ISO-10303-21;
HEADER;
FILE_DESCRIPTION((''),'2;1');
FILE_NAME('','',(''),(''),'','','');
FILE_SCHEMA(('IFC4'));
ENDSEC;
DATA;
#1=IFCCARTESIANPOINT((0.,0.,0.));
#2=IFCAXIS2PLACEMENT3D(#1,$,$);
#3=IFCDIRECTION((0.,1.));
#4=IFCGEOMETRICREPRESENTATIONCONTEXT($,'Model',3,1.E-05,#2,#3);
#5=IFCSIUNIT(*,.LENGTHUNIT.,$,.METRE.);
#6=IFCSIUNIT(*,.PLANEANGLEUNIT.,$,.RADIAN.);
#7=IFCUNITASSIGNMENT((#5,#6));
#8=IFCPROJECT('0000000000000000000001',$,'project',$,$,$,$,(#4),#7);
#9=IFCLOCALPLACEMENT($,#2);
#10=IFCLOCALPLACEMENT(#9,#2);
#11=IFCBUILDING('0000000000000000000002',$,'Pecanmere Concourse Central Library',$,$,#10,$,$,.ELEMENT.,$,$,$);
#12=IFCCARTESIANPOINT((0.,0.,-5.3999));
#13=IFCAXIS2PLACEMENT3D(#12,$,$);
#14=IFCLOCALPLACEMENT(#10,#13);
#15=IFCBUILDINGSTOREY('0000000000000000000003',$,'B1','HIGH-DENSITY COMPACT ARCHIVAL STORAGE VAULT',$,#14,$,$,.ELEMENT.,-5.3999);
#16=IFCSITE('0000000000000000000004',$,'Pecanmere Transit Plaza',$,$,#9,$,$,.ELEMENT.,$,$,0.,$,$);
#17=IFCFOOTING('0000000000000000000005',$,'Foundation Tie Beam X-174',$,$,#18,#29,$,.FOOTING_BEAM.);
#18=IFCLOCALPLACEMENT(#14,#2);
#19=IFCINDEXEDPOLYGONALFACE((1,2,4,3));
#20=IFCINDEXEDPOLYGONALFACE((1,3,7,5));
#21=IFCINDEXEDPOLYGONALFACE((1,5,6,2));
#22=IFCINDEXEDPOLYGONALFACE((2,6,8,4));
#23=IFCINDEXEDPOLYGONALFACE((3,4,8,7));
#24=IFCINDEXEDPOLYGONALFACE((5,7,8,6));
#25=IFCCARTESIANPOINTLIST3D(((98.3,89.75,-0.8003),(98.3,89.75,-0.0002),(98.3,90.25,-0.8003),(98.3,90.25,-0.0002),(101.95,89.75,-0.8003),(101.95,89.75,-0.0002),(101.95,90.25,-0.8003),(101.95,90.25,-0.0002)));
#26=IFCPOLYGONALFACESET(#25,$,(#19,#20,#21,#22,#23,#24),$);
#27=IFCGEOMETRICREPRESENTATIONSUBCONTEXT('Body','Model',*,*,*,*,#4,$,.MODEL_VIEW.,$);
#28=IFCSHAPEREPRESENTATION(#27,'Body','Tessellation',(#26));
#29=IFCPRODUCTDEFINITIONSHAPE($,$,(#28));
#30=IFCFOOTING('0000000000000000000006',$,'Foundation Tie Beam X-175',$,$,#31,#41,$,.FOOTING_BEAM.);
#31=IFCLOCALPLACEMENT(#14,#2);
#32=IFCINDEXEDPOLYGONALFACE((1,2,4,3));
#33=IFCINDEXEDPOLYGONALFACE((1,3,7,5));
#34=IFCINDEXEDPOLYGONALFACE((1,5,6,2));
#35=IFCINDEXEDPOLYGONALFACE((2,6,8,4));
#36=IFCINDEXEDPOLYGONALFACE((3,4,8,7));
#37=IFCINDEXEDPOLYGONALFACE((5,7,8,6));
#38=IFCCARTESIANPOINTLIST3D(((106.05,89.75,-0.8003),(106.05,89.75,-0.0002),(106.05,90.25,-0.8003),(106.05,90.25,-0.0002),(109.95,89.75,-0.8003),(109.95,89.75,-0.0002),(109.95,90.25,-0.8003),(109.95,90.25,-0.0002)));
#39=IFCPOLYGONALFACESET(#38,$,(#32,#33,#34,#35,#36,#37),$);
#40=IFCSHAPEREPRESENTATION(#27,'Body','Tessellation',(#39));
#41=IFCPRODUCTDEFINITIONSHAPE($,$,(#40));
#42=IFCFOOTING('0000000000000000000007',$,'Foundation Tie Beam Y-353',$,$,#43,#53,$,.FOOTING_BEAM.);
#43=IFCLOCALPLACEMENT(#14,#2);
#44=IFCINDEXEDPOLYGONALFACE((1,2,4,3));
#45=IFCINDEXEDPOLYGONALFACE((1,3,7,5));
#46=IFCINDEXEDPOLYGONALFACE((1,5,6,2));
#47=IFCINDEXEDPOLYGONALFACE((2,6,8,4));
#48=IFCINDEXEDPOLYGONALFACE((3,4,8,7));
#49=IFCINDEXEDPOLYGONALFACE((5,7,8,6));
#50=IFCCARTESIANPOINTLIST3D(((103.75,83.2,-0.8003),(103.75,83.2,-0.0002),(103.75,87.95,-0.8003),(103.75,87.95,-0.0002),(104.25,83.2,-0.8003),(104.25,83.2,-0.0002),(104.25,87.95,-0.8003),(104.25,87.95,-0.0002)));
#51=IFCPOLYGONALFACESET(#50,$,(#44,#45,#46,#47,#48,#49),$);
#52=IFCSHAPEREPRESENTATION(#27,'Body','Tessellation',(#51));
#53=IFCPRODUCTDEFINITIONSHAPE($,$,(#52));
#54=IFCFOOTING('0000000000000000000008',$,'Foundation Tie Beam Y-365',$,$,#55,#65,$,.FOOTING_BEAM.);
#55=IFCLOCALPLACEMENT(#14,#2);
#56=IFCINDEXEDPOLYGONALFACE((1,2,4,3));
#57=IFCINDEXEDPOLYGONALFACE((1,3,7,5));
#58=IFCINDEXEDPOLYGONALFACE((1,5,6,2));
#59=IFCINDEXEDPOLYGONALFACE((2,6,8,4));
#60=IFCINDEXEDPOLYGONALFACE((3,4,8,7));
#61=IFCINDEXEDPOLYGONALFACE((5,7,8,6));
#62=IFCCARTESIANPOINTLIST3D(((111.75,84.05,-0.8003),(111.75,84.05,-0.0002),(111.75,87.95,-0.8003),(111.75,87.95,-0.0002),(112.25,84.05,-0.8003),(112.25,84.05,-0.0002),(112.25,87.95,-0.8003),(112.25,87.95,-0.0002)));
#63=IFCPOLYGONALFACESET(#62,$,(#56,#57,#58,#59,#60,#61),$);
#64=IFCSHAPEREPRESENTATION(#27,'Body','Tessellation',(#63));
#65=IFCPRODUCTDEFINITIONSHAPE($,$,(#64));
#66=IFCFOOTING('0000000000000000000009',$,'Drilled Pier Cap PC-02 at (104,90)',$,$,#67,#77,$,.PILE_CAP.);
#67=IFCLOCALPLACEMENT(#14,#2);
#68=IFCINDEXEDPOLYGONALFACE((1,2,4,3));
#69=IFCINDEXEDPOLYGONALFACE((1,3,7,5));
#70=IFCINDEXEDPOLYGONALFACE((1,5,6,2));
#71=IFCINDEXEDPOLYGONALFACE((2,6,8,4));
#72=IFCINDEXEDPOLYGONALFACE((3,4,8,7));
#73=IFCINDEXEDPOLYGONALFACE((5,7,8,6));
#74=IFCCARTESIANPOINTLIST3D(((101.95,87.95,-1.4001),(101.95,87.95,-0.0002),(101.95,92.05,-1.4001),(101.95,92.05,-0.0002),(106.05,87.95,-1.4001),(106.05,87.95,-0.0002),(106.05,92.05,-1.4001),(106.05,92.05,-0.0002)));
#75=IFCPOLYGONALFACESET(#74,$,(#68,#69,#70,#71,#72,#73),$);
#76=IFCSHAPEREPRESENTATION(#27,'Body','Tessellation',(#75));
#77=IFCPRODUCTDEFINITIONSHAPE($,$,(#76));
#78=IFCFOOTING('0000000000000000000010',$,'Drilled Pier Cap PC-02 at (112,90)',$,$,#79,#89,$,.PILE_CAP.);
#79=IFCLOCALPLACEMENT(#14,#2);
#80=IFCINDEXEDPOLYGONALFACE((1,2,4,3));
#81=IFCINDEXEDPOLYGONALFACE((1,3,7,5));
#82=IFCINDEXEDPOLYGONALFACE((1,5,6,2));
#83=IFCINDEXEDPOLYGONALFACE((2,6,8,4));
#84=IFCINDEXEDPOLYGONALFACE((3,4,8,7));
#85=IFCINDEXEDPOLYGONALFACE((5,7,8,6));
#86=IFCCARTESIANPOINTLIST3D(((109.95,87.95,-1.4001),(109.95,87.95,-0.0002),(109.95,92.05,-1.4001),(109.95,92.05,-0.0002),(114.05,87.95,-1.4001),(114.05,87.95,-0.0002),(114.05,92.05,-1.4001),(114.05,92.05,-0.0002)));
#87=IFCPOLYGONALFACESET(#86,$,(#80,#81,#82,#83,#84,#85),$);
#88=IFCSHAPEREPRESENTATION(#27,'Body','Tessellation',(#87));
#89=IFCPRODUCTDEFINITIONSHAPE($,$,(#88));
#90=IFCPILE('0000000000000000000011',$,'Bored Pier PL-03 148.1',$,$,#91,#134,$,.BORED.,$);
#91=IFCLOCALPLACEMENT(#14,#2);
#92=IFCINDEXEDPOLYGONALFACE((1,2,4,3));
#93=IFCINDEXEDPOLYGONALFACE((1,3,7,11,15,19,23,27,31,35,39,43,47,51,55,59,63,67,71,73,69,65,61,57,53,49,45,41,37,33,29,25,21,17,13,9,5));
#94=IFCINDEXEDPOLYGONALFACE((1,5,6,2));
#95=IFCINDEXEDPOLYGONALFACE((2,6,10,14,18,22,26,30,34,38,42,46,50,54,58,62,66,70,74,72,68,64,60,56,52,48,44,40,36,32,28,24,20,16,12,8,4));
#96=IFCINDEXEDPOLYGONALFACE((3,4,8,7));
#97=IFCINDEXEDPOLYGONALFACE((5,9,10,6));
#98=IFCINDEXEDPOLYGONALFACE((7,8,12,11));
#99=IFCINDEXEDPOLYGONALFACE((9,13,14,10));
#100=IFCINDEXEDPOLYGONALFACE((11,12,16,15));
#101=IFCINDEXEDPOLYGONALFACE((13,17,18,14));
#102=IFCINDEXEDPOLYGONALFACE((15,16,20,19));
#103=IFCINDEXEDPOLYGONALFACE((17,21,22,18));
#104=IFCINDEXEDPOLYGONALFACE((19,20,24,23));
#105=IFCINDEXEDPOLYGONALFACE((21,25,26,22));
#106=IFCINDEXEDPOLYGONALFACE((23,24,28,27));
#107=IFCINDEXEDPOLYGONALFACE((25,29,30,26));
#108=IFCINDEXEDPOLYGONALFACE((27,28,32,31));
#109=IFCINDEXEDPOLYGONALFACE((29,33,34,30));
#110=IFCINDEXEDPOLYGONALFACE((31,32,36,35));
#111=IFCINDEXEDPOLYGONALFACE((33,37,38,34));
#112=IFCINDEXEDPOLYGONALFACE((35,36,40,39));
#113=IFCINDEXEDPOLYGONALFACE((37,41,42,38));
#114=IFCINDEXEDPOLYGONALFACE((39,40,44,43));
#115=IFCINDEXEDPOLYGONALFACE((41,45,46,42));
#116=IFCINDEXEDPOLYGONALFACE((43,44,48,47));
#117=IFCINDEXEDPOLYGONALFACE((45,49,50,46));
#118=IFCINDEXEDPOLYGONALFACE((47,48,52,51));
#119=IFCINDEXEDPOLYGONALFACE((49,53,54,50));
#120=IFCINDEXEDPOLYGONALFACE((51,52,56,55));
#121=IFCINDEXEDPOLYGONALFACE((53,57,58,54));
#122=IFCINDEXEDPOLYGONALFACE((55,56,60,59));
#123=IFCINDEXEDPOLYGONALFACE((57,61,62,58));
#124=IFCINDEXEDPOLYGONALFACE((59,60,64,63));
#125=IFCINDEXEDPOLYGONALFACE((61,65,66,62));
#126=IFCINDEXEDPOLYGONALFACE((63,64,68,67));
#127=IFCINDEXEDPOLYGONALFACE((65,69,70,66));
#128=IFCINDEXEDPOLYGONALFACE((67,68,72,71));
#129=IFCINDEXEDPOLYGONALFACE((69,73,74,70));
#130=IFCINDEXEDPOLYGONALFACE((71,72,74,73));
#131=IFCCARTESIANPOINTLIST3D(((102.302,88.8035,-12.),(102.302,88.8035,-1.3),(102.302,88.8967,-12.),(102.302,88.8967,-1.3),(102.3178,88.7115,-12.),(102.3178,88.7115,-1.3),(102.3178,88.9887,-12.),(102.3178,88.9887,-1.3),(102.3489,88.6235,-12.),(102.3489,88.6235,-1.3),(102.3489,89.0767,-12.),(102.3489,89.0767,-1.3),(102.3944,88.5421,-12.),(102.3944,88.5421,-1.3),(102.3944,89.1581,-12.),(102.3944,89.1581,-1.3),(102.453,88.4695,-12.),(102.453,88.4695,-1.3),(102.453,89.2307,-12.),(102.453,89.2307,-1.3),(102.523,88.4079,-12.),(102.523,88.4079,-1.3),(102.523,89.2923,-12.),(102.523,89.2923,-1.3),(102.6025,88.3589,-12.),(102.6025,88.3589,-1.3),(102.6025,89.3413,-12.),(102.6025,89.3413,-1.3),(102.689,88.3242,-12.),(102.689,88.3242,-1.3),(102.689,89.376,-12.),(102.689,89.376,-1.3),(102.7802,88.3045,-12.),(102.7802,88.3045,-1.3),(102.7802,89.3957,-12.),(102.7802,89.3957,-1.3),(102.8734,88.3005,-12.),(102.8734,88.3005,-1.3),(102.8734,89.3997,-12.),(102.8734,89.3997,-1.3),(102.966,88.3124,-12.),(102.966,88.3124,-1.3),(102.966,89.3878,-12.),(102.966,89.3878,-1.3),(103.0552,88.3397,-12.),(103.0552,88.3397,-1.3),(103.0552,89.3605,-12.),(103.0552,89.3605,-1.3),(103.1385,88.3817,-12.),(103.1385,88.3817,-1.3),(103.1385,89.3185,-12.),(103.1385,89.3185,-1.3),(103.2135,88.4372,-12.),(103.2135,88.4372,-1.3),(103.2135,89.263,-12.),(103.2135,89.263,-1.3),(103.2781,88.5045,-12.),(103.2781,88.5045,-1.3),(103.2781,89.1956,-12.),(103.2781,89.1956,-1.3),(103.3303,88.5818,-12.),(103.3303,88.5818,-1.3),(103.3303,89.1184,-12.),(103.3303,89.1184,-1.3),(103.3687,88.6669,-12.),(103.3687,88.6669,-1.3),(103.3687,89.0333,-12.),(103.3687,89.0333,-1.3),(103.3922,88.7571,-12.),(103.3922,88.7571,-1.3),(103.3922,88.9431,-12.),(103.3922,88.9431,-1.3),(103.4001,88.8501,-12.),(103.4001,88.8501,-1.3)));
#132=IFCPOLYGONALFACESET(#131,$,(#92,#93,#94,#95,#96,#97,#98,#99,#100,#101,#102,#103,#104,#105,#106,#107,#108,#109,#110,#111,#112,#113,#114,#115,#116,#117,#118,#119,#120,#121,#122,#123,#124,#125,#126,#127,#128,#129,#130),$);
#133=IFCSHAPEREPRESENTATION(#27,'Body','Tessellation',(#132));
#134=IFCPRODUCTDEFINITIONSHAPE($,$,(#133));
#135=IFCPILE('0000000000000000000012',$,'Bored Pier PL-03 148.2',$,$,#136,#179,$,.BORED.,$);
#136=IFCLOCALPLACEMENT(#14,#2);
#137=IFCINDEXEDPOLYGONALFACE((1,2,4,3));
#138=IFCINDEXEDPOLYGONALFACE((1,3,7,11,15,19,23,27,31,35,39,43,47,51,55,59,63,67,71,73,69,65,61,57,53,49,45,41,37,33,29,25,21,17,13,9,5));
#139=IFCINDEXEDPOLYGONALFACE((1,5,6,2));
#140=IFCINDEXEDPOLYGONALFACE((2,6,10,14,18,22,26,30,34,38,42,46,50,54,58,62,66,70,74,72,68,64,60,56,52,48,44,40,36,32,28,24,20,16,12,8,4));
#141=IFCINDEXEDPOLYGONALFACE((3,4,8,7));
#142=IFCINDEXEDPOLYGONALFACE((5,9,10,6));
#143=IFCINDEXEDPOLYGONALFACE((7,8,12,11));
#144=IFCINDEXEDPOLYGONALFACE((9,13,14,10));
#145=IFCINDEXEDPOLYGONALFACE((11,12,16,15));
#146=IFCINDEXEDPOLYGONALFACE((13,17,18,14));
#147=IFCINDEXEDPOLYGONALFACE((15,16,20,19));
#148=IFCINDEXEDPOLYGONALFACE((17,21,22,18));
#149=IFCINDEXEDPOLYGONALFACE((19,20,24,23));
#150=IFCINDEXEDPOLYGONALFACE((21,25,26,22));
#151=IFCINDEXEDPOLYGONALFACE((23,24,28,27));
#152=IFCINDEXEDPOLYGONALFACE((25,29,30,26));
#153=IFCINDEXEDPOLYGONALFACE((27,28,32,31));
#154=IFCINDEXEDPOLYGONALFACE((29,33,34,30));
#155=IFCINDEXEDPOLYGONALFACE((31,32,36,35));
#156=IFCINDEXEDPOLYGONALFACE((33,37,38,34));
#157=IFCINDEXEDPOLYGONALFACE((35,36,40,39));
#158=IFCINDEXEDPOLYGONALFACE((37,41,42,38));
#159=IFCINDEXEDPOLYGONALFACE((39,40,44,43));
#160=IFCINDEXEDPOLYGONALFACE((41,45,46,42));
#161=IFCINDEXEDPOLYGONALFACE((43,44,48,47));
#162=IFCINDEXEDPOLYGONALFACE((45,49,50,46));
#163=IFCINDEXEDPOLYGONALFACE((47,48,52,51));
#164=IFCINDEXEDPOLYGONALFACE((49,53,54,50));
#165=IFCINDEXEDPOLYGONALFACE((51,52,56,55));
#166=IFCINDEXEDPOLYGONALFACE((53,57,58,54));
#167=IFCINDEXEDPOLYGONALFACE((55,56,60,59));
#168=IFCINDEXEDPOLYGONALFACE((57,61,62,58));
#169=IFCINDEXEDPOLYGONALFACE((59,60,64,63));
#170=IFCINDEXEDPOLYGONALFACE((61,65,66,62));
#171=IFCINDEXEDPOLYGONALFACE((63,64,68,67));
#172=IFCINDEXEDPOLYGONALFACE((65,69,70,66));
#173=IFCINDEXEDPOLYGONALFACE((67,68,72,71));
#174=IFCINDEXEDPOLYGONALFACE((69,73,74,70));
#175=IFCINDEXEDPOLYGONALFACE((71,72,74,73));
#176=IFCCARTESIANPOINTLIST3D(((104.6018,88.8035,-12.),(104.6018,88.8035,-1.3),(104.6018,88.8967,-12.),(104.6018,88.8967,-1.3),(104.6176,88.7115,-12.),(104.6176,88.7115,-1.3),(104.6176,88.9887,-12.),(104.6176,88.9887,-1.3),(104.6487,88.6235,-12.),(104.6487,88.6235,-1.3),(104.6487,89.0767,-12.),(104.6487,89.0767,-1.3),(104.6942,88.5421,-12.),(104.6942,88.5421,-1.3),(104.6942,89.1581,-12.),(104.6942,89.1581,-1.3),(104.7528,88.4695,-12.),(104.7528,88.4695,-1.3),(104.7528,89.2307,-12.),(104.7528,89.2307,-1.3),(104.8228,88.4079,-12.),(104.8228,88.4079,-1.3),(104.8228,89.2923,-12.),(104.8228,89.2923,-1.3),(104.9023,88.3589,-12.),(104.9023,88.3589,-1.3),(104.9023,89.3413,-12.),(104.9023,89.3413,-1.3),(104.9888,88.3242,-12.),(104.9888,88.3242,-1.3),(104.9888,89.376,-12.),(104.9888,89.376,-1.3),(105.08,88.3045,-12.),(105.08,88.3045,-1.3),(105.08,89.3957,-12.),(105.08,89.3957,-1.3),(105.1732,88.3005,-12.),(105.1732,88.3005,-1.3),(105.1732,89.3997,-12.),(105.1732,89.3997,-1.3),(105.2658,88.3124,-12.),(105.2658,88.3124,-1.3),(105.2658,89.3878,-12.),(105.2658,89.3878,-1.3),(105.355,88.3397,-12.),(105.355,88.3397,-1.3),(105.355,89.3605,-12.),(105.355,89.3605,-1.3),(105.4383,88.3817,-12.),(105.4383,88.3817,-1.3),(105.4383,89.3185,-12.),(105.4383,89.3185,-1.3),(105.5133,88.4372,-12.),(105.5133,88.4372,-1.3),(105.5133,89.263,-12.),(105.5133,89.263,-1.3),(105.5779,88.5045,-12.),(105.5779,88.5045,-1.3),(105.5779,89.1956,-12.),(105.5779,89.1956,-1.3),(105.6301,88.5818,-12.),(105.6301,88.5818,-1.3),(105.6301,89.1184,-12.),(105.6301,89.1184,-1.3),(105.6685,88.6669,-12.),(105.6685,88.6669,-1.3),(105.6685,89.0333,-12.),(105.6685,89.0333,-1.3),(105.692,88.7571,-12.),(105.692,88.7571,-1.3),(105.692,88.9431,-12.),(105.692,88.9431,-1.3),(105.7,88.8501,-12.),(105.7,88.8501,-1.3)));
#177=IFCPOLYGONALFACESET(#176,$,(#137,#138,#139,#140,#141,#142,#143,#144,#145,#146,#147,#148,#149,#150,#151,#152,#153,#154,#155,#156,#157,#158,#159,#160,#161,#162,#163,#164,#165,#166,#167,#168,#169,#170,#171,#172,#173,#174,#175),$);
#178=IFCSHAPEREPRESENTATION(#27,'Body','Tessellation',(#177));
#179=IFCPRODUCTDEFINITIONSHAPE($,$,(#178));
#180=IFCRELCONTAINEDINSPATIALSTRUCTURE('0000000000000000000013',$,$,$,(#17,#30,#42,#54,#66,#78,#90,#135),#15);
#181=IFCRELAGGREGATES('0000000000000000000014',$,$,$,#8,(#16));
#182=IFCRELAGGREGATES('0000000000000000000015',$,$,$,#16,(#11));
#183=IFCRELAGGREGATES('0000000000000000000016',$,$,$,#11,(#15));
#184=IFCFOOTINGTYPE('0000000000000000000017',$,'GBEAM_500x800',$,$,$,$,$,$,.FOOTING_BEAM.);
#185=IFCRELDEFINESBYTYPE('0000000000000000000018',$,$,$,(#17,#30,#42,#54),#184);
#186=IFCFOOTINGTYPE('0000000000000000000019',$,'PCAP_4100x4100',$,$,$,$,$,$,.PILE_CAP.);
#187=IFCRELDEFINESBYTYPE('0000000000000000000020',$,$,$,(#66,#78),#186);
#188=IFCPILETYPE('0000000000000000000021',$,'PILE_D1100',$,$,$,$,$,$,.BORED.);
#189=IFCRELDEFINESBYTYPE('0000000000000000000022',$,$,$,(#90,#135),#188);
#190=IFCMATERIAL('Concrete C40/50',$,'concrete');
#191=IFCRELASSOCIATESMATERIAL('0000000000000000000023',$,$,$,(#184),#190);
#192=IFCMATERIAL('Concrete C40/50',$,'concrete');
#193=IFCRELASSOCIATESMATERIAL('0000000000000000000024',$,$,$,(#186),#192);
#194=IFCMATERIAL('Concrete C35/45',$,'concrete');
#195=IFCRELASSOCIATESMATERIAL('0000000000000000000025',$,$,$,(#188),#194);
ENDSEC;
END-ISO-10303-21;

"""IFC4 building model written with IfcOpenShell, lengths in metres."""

from ifc_helpers import new_model, si_unit, direction, frame, origin, origin_2d, place, context, subcontext, project, spatial, rectangle, circle, extrude, material, material_profile, profile_set, type_object, element, save


model = new_model("IFC4")

# Units and contexts
model_context = context("Model", 3, precision=1e-05, world=origin(), true_north=direction((0.0, 1.0)))
body_context = subcontext(model_context, "Body", "Model", "MODEL_VIEW")
ifc_project = project(units=[si_unit("LENGTHUNIT", "METRE"), si_unit("PLANEANGLEUNIT", "RADIAN")], contexts=[model_context])

# Site, building, storey
site_placement = place(None, origin())
site = spatial("IfcSite", under=ifc_project, at=site_placement, Name="Pecanmere Transit Plaza", CompositionType="ELEMENT", RefElevation=0.0)
building_placement = place(site_placement, origin())
building = spatial("IfcBuilding", under=site, at=building_placement, Name="Pecanmere Concourse Central Library", CompositionType="ELEMENT")
storey_placement = place(building_placement, frame((0.0, 0.0, -5.3999)))
storey = spatial("IfcBuildingStorey", under=building, at=storey_placement, Name="B1", Description="HIGH-DENSITY COMPACT ARCHIVAL STORAGE VAULT", CompositionType="ELEMENT", Elevation=-5.3999)

# Footings
ifc_material_1 = material(Name="Concrete C40/50", Category="concrete")
ifc_material_profile_1 = material_profile(ifc_material_1, rectangle(XDim=0.5, YDim=0.8, at=origin_2d()), Name="RC 500x800")
ifc_profile_set_1 = profile_set([ifc_material_profile_1], Name="Concrete C40/50")
footing_type_1 = type_object("IfcFootingType", Name="GBEAM_500x800", PredefinedType="FOOTING_BEAM", material=ifc_profile_set_1)
footing_1_placement = place(storey_placement, frame((100.125, 90.0, -0.8003), z_axis=(0.0, 0.0, 1.0), x_axis=(1.0, 0.0, 0.0)))
element("IfcFooting", 1, at=footing_1_placement, inside=storey, type_object=footing_type_1, Name="Foundation Tie Beam X-174", PredefinedType="FOOTING_BEAM", context=body_context, shape_type="SweptSolid", body=[
    extrude(rectangle(XDim=3.6499, YDim=0.5, at=origin_2d()), origin(), (0.0, 0.0, 1.0), 0.8),
])
footing_2_placement = place(storey_placement, frame((108.0, 90.0, -0.8003), z_axis=(0.0, 0.0, 1.0), x_axis=(1.0, 0.0, 0.0)))
element("IfcFooting", 2, at=footing_2_placement, inside=storey, type_object=footing_type_1, Name="Foundation Tie Beam X-175", PredefinedType="FOOTING_BEAM", context=body_context, shape_type="SweptSolid", body=[
    extrude(rectangle(XDim=3.8999, YDim=0.5, at=origin_2d()), origin(), (0.0, 0.0, 1.0), 0.8),
])
footing_3_placement = place(storey_placement, frame((104.0, 85.575, -0.8003), z_axis=(0.0, 0.0, 1.0), x_axis=(0.0, 1.0, 0.0)))
element("IfcFooting", 3, at=footing_3_placement, inside=storey, type_object=footing_type_1, Name="Foundation Tie Beam Y-353", PredefinedType="FOOTING_BEAM", context=body_context, shape_type="SweptSolid", body=[
    extrude(rectangle(XDim=4.75, YDim=0.5, at=origin_2d()), origin(), (0.0, 0.0, 1.0), 0.8),
])
footing_4_placement = place(storey_placement, frame((112.0, 86.0, -0.8003), z_axis=(0.0, 0.0, 1.0), x_axis=(0.0, 1.0, 0.0)))
element("IfcFooting", 4, at=footing_4_placement, inside=storey, type_object=footing_type_1, Name="Foundation Tie Beam Y-365", PredefinedType="FOOTING_BEAM", context=body_context, shape_type="SweptSolid", body=[
    extrude(rectangle(XDim=3.8999, YDim=0.5, at=origin_2d()), origin(), (0.0, 0.0, 1.0), 0.8),
])
ifc_material_2 = material(Name="Concrete C40/50", Category="concrete")
footing_type_2 = type_object("IfcFootingType", Name="PCAP_4100x4100", PredefinedType="PILE_CAP", material=ifc_material_2)
for number, where, z_axis, x_axis, name in (
    (5, (104.0, 90.0, -1.4001), (0.0, 0.0, 1.0), (1.0, 0.0, 0.0), "Drilled Pier Cap PC-02 at (104,90)"),
    (6, (112.0, 90.0, -1.4001), (0.0, 0.0, 1.0), (1.0, 0.0, 0.0), "Drilled Pier Cap PC-02 at (112,90)"),
):
    element("IfcFooting", number, at=place(storey_placement, frame(where, z_axis=z_axis, x_axis=x_axis)), inside=storey, type_object=footing_type_2, Name=name, PredefinedType="PILE_CAP", context=body_context, shape_type="SweptSolid", body=[
        extrude(rectangle(XDim=4.1001, YDim=4.1001, at=origin_2d()), origin(), (0.0, 0.0, 1.0), 1.3999),
    ])

# Piles
ifc_material_3 = material(Name="Concrete C35/45", Category="concrete")
ifc_material_profile_2 = material_profile(ifc_material_3, circle(Radius=0.55, at=origin_2d()), Name="PIER D1100")
ifc_profile_set_2 = profile_set([ifc_material_profile_2], Name="Concrete C35/45")
pile_type = type_object("IfcPileType", Name="PILE_D1100", PredefinedType="BORED", material=ifc_profile_set_2)
for number, where, z_axis, x_axis, name in (
    (7, (102.8501, 88.8501, -1.3), (0.0, 0.0, -1.0), (1.0, 0.0, 0.0), "Bored Pier PL-03 148.1"),
    (8, (105.1499, 88.8501, -1.3), (0.0, 0.0, -1.0), (1.0, 0.0, 0.0), "Bored Pier PL-03 148.2"),
):
    element("IfcPile", number, at=place(storey_placement, frame(where, z_axis=z_axis, x_axis=x_axis)), inside=storey, type_object=pile_type, Name=name, PredefinedType="BORED", context=body_context, shape_type="SweptSolid", body=[
        extrude(circle(Radius=0.55, at=origin_2d()), origin(), (0.0, 0.0, 1.0), 10.7),
    ])

save(model, "model.ifc")
